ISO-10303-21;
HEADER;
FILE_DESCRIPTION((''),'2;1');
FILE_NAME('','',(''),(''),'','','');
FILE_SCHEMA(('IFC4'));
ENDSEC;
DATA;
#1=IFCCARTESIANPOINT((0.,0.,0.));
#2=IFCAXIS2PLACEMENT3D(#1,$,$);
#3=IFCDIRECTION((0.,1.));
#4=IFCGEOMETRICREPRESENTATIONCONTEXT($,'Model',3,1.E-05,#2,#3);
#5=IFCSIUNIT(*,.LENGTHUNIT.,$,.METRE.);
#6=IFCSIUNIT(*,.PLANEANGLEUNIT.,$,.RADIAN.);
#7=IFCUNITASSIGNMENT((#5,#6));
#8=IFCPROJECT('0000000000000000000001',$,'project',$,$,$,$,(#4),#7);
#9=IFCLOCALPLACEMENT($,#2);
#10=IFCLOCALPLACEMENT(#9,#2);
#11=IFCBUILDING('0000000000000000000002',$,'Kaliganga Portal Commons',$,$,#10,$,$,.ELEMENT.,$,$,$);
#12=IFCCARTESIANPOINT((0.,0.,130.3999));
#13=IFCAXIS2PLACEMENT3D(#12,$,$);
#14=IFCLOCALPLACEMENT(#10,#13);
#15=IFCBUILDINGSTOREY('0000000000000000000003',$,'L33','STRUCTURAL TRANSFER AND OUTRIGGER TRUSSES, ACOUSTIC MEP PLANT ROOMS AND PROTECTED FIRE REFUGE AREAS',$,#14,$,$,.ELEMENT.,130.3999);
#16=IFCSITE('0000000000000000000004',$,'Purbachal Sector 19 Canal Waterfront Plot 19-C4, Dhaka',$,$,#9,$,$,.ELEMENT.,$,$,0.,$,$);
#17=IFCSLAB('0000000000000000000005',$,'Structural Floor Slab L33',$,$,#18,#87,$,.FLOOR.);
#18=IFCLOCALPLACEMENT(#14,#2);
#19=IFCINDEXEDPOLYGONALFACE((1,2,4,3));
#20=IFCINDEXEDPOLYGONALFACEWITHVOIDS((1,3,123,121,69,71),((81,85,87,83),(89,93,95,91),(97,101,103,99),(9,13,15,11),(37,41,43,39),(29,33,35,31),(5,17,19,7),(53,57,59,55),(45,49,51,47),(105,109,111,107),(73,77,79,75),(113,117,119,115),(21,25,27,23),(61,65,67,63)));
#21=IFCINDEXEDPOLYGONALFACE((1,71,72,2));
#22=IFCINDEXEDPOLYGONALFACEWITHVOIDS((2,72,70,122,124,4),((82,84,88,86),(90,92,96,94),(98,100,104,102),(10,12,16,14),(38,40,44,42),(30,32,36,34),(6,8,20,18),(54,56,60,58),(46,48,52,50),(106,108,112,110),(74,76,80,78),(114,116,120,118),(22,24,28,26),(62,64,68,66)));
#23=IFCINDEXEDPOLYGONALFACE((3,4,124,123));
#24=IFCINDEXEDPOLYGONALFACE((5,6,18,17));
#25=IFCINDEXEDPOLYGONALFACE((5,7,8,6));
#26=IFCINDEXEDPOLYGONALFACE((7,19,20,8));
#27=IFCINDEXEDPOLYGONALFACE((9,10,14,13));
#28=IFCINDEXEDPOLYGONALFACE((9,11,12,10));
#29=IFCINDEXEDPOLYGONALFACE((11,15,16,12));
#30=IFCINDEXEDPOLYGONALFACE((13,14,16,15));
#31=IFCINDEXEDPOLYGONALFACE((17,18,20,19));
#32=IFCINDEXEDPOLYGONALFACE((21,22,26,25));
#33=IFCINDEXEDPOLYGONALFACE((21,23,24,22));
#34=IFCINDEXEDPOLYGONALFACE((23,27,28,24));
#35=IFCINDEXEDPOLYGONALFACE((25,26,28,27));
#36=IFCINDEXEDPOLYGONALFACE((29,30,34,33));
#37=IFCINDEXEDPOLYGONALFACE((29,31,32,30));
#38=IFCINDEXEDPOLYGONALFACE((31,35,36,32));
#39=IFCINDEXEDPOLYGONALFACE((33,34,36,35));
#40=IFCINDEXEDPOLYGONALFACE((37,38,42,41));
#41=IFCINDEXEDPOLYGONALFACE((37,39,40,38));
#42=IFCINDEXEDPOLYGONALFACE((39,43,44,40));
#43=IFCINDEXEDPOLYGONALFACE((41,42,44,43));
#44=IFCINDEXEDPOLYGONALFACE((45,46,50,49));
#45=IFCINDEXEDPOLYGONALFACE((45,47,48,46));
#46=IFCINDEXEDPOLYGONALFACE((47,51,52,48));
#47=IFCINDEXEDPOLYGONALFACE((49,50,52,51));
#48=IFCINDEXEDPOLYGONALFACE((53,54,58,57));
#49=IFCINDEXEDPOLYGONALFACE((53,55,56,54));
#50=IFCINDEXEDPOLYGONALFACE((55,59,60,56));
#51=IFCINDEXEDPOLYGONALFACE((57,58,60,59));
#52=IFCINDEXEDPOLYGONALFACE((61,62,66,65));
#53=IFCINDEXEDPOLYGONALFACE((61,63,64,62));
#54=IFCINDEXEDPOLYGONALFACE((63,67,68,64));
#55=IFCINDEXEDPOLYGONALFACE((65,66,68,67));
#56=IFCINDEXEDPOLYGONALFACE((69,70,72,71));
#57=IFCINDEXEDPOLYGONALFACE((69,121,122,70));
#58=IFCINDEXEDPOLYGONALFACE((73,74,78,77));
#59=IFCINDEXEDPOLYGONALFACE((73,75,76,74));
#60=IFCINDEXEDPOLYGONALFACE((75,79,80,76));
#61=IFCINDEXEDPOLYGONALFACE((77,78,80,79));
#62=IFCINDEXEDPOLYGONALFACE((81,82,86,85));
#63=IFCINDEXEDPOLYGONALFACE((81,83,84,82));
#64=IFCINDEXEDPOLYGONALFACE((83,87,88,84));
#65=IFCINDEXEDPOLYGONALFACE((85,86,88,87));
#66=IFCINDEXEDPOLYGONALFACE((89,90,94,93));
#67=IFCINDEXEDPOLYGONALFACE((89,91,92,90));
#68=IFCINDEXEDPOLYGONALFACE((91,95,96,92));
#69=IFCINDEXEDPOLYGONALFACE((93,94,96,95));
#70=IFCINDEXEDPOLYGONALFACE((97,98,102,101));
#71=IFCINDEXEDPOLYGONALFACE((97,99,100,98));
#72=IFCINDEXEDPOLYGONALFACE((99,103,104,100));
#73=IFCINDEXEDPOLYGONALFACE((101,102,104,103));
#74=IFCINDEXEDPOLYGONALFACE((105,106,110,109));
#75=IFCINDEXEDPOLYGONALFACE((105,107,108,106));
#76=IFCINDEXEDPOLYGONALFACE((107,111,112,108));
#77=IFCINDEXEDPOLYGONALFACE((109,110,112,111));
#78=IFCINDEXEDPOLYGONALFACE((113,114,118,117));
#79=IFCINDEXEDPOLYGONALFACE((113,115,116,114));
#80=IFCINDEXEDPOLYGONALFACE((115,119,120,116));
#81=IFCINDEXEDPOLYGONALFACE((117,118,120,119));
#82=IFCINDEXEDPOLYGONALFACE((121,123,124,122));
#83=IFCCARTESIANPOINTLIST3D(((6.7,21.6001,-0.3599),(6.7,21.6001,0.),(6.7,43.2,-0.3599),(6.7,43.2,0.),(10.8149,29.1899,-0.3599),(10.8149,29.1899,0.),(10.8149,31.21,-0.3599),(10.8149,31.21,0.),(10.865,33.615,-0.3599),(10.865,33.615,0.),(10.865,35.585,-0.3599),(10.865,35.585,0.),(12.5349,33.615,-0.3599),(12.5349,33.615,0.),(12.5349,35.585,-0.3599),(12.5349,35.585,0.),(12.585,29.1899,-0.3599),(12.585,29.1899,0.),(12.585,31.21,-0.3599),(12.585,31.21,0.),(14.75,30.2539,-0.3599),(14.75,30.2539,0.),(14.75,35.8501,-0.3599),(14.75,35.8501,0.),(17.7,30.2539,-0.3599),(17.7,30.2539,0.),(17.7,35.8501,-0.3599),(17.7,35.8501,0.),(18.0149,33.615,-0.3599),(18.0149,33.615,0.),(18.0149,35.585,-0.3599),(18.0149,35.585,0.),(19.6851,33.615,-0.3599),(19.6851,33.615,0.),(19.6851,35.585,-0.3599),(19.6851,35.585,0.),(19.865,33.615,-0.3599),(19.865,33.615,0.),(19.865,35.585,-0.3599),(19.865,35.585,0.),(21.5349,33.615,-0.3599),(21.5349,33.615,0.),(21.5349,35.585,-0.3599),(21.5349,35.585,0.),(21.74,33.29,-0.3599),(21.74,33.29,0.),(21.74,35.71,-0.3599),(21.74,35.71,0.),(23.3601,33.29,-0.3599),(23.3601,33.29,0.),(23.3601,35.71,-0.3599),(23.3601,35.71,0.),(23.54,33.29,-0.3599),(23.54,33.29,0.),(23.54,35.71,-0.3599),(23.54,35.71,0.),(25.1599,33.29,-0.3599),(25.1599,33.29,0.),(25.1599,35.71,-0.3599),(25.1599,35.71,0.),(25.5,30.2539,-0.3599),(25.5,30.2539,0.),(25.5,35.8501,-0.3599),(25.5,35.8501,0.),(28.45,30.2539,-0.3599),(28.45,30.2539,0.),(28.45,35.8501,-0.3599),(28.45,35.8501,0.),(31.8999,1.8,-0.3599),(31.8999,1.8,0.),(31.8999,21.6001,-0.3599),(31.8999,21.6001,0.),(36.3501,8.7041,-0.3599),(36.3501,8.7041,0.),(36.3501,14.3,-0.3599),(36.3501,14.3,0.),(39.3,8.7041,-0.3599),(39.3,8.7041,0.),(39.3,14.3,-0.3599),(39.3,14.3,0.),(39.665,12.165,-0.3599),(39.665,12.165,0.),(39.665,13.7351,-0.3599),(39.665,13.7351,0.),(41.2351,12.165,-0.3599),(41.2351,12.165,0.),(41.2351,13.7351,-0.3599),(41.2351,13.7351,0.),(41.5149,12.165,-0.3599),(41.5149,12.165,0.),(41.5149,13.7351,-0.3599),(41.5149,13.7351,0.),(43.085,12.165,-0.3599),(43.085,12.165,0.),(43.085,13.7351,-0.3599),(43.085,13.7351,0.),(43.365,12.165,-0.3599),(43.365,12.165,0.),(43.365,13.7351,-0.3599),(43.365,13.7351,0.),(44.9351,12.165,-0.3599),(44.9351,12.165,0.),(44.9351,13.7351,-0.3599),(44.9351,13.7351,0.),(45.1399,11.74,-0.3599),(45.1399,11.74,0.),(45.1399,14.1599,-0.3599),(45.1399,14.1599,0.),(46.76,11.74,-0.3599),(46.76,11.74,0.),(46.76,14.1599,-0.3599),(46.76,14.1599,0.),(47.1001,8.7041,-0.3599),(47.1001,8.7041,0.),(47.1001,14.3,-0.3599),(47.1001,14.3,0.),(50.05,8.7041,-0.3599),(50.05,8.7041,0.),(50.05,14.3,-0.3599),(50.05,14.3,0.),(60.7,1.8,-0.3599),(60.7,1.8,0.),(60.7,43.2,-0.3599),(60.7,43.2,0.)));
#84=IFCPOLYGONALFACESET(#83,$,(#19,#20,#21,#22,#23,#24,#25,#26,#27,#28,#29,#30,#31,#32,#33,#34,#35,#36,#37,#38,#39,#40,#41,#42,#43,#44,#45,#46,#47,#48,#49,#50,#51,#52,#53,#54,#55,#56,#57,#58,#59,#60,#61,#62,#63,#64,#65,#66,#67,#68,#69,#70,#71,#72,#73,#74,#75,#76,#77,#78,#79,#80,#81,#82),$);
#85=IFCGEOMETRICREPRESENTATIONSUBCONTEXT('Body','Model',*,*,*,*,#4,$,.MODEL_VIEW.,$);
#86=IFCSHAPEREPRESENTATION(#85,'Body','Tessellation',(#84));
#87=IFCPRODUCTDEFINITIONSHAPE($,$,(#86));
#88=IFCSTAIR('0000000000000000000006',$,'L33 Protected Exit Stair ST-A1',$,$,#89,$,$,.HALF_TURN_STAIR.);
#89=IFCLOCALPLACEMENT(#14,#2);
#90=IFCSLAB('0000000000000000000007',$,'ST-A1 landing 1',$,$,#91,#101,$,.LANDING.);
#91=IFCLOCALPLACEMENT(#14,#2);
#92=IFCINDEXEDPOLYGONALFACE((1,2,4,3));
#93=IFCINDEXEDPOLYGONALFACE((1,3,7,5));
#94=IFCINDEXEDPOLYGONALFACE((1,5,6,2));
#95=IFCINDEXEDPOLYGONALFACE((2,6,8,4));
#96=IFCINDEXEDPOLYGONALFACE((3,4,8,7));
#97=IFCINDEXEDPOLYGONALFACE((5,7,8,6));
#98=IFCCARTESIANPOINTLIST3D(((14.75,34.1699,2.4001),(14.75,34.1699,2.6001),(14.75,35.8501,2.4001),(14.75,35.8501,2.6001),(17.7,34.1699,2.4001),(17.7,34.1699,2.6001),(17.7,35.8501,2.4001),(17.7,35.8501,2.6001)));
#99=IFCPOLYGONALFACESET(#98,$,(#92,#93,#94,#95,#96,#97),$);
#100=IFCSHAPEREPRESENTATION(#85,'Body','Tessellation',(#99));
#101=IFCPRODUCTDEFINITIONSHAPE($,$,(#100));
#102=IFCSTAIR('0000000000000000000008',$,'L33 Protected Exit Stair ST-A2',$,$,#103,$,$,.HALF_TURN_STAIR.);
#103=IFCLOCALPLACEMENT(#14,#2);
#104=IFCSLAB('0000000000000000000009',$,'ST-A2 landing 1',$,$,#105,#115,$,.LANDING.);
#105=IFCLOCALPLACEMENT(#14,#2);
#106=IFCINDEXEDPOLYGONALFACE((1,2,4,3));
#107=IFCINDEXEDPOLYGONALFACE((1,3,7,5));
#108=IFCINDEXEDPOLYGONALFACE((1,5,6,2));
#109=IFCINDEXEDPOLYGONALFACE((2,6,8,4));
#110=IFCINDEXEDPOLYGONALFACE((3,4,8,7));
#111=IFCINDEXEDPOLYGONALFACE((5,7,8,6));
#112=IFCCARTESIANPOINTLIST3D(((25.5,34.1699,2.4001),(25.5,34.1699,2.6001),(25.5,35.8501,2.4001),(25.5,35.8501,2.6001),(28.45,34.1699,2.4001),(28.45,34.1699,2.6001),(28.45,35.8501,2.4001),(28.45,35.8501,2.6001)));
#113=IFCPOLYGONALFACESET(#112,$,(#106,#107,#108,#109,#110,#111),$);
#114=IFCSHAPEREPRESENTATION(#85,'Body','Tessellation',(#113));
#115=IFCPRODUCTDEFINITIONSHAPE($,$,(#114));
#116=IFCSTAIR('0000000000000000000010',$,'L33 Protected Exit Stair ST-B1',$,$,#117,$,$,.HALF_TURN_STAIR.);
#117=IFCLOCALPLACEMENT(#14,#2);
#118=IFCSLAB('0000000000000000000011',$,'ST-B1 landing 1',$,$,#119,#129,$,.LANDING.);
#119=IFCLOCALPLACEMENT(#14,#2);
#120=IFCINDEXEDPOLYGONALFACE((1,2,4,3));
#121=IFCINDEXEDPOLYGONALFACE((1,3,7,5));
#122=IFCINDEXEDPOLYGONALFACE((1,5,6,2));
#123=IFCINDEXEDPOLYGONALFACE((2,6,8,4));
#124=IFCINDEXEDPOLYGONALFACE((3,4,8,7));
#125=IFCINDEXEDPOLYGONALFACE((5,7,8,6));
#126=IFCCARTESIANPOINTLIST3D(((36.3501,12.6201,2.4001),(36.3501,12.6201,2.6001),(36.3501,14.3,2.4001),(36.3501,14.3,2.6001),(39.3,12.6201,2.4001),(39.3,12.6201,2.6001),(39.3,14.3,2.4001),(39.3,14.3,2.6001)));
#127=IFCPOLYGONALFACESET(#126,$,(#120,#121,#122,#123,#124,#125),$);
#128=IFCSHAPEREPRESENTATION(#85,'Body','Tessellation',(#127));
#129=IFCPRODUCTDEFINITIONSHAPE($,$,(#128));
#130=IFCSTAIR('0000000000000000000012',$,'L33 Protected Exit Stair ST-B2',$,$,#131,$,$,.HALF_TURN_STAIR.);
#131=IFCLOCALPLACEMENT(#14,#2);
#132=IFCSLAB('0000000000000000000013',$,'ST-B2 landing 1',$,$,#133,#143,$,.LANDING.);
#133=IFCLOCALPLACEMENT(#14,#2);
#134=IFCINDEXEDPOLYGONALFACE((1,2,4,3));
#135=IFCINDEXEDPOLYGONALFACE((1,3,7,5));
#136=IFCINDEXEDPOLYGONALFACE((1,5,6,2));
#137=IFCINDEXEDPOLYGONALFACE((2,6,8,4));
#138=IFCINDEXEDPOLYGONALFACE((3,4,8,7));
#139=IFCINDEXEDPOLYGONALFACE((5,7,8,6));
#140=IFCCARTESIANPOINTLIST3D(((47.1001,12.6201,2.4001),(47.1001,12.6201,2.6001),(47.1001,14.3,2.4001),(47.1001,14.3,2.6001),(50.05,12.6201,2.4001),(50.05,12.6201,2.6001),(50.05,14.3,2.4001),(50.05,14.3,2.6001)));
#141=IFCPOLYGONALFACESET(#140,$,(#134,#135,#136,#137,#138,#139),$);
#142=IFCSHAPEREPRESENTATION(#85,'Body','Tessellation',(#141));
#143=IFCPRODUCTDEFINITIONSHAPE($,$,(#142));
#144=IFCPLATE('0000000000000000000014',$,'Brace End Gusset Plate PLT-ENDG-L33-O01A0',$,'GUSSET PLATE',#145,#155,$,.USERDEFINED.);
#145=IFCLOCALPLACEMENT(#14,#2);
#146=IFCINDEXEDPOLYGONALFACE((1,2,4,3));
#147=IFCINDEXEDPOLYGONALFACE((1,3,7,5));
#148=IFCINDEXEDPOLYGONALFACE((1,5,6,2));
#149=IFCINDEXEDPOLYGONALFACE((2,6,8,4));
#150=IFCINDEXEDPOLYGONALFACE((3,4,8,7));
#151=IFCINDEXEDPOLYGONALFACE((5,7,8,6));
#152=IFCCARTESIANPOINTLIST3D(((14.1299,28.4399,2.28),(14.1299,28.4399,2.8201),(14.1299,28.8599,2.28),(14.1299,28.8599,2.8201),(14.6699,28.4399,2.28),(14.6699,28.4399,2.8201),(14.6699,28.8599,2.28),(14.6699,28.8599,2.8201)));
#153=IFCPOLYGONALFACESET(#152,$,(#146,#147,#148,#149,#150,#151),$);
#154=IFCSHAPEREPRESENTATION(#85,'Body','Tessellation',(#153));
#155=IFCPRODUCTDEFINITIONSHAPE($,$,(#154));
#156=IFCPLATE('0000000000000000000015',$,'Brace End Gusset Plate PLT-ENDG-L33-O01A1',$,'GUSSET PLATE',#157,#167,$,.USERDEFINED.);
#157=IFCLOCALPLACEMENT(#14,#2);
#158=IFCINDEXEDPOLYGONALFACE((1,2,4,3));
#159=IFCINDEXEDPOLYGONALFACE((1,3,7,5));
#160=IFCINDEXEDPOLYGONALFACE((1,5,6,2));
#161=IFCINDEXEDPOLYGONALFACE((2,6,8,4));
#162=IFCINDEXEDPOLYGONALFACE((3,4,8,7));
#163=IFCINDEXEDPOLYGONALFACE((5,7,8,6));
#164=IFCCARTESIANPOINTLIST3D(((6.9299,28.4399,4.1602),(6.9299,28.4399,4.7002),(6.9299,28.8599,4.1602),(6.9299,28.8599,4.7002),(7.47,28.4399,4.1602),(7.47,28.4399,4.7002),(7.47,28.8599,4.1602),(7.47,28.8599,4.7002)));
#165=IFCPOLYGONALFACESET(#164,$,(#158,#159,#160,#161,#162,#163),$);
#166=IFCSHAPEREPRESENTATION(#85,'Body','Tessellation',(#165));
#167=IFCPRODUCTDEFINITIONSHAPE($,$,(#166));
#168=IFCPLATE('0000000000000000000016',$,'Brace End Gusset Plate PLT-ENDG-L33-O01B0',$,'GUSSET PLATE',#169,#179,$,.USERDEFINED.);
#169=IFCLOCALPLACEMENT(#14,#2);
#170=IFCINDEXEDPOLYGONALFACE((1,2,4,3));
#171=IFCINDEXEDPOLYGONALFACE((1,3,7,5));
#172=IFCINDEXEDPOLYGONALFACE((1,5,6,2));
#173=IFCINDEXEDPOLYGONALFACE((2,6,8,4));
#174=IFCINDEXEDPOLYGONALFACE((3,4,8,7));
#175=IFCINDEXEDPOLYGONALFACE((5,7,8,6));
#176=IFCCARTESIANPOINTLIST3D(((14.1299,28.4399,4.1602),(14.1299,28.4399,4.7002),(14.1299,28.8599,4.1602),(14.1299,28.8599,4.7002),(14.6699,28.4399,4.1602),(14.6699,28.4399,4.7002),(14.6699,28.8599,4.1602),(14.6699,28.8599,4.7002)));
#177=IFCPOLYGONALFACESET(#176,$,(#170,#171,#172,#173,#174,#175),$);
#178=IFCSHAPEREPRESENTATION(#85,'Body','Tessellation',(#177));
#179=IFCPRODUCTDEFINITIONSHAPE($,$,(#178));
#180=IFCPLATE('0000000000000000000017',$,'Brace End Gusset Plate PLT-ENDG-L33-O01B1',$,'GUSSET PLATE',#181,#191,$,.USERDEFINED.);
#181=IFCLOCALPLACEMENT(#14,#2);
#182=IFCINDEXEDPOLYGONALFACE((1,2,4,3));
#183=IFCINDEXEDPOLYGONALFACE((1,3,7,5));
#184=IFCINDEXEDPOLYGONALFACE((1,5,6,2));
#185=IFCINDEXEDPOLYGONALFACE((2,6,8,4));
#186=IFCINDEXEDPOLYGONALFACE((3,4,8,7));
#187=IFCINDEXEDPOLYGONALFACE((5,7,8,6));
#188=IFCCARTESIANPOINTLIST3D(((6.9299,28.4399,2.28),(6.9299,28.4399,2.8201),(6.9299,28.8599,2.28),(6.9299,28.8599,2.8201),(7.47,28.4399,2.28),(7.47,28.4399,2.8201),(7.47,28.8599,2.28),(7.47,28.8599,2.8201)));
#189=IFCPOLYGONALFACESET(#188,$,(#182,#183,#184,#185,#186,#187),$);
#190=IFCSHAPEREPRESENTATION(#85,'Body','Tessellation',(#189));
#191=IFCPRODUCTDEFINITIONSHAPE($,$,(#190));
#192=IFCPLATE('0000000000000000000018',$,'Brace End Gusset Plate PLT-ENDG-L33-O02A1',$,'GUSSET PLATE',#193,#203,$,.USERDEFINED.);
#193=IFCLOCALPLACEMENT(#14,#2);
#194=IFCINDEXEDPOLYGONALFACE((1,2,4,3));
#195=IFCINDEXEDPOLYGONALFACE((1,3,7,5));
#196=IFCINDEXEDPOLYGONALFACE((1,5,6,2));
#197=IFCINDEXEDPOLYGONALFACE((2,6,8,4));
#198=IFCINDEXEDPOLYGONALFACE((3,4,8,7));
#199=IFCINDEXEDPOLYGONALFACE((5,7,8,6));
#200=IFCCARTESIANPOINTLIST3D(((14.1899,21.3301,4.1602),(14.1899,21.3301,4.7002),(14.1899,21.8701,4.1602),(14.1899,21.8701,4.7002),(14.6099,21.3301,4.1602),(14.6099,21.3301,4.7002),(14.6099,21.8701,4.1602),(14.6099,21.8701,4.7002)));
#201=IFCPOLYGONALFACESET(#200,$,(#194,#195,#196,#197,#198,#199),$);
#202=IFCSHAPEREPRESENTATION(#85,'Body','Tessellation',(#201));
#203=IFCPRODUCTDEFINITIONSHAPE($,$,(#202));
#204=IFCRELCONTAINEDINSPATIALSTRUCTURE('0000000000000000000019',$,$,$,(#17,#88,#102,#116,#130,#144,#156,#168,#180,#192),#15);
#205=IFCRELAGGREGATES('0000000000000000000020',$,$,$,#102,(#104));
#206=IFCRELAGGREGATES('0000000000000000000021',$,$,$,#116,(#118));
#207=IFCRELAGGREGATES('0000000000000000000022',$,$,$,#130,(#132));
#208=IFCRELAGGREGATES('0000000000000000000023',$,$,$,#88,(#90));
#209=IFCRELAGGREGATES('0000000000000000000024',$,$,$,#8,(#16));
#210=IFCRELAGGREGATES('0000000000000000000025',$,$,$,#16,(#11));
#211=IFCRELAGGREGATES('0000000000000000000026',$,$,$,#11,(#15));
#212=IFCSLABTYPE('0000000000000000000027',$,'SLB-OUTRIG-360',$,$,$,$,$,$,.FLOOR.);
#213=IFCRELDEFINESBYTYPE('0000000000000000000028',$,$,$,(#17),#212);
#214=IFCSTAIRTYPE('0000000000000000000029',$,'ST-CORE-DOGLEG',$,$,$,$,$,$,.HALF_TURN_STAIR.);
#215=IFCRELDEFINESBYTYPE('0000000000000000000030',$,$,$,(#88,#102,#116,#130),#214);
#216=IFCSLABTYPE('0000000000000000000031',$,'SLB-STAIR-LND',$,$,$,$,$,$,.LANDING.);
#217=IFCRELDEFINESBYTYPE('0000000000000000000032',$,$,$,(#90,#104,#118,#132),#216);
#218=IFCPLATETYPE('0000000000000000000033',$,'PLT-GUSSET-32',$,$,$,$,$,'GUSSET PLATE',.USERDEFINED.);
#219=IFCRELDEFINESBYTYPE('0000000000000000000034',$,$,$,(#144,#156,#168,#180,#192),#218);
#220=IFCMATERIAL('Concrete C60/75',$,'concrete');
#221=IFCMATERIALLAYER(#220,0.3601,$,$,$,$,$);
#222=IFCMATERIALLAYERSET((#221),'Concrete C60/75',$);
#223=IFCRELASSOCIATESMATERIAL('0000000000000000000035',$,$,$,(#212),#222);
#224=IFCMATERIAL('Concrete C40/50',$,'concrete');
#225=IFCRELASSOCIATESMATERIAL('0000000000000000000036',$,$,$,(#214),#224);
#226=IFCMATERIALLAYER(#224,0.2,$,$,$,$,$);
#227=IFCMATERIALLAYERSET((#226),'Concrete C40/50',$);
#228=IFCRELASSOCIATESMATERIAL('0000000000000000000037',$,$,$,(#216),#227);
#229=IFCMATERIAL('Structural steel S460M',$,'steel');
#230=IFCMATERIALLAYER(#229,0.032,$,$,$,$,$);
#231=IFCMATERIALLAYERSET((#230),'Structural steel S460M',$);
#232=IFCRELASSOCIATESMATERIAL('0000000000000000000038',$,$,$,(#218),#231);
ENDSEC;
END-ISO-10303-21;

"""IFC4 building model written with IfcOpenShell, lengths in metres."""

from ifc_helpers import new_model, si_unit, direction, frame, origin, origin_2d, place, context, subcontext, project, spatial, polyline, rectangle, outline, extrude, source, transform, mapped, material, layer, layer_set, type_object, element, aggregate, save


model = new_model("IFC4")

# Units and contexts
model_context = context("Model", 3, precision=1e-05, world=origin(), true_north=direction((0.0, 1.0)))
body_context = subcontext(model_context, "Body", "Model", "MODEL_VIEW")
ifc_project = project(units=[si_unit("LENGTHUNIT", "METRE"), si_unit("PLANEANGLEUNIT", "RADIAN")], contexts=[model_context])

# Site, building, storey
site_placement = place(None, origin())
site = spatial("IfcSite", under=ifc_project, at=site_placement, Name="Purbachal Sector 19 Canal Waterfront Plot 19-C4, Dhaka", CompositionType="ELEMENT", RefElevation=0.0)
building_placement = place(site_placement, origin())
building = spatial("IfcBuilding", under=site, at=building_placement, Name="Kaliganga Portal Commons", CompositionType="ELEMENT")
storey_placement = place(building_placement, frame((0.0, 0.0, 130.3999)))
storey = spatial("IfcBuildingStorey", under=building, at=storey_placement, Name="L33", Description="STRUCTURAL TRANSFER AND OUTRIGGER TRUSSES, ACOUSTIC MEP PLANT ROOMS AND PROTECTED FIRE REFUGE AREAS", CompositionType="ELEMENT", Elevation=130.3999)

# Shared definitions
ifc_material_1 = material(Name="Concrete C60/75", Category="concrete")

# Shared definitions
ifc_material_2 = material(Name="Structural steel S460M", Category="steel")

# Slab
ifc_layer_1 = layer(ifc_material_1, 0.3601)
ifc_layer_set_1 = layer_set([ifc_layer_1], Name="Concrete C60/75")
slab_type_1 = type_object("IfcSlabType", Name="SLB-OUTRIG-360", PredefinedType="FLOOR", material=ifc_layer_set_1)
slab_1_placement = place(storey_placement, frame((0.0, 0.0, -0.3599)))
element("IfcSlab", 1, at=slab_1_placement, inside=storey, type_object=slab_type_1, Name="Structural Floor Slab L33", PredefinedType="FLOOR", context=body_context, shape_type="SweptSolid", body=[
    extrude(outline(polyline([(31.8999, 1.8), (60.7, 1.8), (60.7, 43.2), (6.7, 43.2), (6.7, 21.6001), (31.8999, 21.6001), (31.8999, 1.8)]), holes=[polyline([(14.75, 30.2539), (14.75, 35.8501), (17.7, 35.8501), (17.7, 30.2539), (14.75, 30.2539)]), polyline([(25.5, 30.2539), (25.5, 35.8501), (28.45, 35.8501), (28.45, 30.2539), (25.5, 30.2539)]), polyline([(36.3501, 8.7041), (36.3501, 14.3), (39.3, 14.3), (39.3, 8.7041), (36.3501, 8.7041)]), polyline([(47.1001, 8.7041), (47.1001, 14.3), (50.05, 14.3), (50.05, 8.7041), (47.1001, 8.7041)]), polyline([(18.0149, 33.615), (18.0149, 35.585), (19.6851, 35.585), (19.6851, 33.615), (18.0149, 33.615)]), polyline([(19.865, 33.615), (19.865, 35.585), (21.5349, 35.585), (21.5349, 33.615), (19.865, 33.615)]), polyline([(10.8149, 29.1899), (10.8149, 31.21), (12.585, 31.21), (12.585, 29.1899), (10.8149, 29.1899)]), polyline([(10.865, 33.615), (10.865, 35.585), (12.5349, 35.585), (12.5349, 33.615), (10.865, 33.615)]), polyline([(21.74, 33.29), (21.74, 35.71), (23.3601, 35.71), (23.3601, 33.29), (21.74, 33.29)]), polyline([(23.54, 33.29), (23.54, 35.71), (25.1599, 35.71), (25.1599, 33.29), (23.54, 33.29)]), polyline([(39.665, 12.165), (39.665, 13.7351), (41.2351, 13.7351), (41.2351, 12.165), (39.665, 12.165)]), polyline([(41.5149, 12.165), (41.5149, 13.7351), (43.085, 13.7351), (43.085, 12.165), (41.5149, 12.165)]), polyline([(43.365, 12.165), (43.365, 13.7351), (44.9351, 13.7351), (44.9351, 12.165), (43.365, 12.165)]), polyline([(45.1399, 11.74), (45.1399, 14.1599), (46.76, 14.1599), (46.76, 11.74), (45.1399, 11.74)])]), origin(), (0.0, 0.0, 1.0), 0.3599),
])

# Stairs, slabs
ifc_material_3 = material(Name="Concrete C40/50", Category="concrete")
stair_type = type_object("IfcStairType", Name="ST-CORE-DOGLEG", PredefinedType="HALF_TURN_STAIR", material=ifc_material_3)
stair_1_placement = place(storey_placement, origin())
stair_1 = element("IfcStair", 2, at=stair_1_placement, inside=storey, type_object=stair_type, Name="L33 Protected Exit Stair ST-A1", PredefinedType="HALF_TURN_STAIR")
ifc_layer_2 = layer(ifc_material_3, 0.2)
ifc_layer_set_2 = layer_set([ifc_layer_2], Name="Concrete C40/50")
slab_type_2 = type_object("IfcSlabType", Name="SLB-STAIR-LND", PredefinedType="LANDING", material=ifc_layer_set_2)
slab_2_placement = place(storey_placement, frame((0.0, 0.0, 2.4001)))
slab_2 = element("IfcSlab", 3, at=slab_2_placement, type_object=slab_type_2, Name="ST-A1 landing 1", PredefinedType="LANDING", context=body_context, shape_type="SweptSolid", body=[
    extrude(outline(polyline([(17.7, 34.1699), (17.7, 35.8501), (14.75, 35.8501), (14.75, 34.1699), (17.7, 34.1699)])), origin(), (0.0, 0.0, 1.0), 0.2),
])
stair_2_placement = place(storey_placement, origin())
stair_2 = element("IfcStair", 4, at=stair_2_placement, inside=storey, type_object=stair_type, Name="L33 Protected Exit Stair ST-A2", PredefinedType="HALF_TURN_STAIR")
slab_3_placement = place(storey_placement, frame((0.0, 0.0, 2.4001)))
slab_3 = element("IfcSlab", 5, at=slab_3_placement, type_object=slab_type_2, Name="ST-A2 landing 1", PredefinedType="LANDING", context=body_context, shape_type="SweptSolid", body=[
    extrude(outline(polyline([(28.45, 34.1699), (28.45, 35.8501), (25.5, 35.8501), (25.5, 34.1699), (28.45, 34.1699)])), origin(), (0.0, 0.0, 1.0), 0.2),
])
aggregate(stair_2, [slab_3])
stair_3_placement = place(storey_placement, origin())
stair_3 = element("IfcStair", 6, at=stair_3_placement, inside=storey, type_object=stair_type, Name="L33 Protected Exit Stair ST-B1", PredefinedType="HALF_TURN_STAIR")
slab_4_placement = place(storey_placement, frame((0.0, 0.0, 2.4001)))
slab_4 = element("IfcSlab", 7, at=slab_4_placement, type_object=slab_type_2, Name="ST-B1 landing 1", PredefinedType="LANDING", context=body_context, shape_type="SweptSolid", body=[
    extrude(outline(polyline([(39.3, 12.6201), (39.3, 14.3), (36.3501, 14.3), (36.3501, 12.6201), (39.3, 12.6201)])), origin(), (0.0, 0.0, 1.0), 0.2),
])
aggregate(stair_3, [slab_4])
stair_4_placement = place(storey_placement, origin())
stair_4 = element("IfcStair", 8, at=stair_4_placement, inside=storey, type_object=stair_type, Name="L33 Protected Exit Stair ST-B2", PredefinedType="HALF_TURN_STAIR")
slab_5_placement = place(storey_placement, frame((0.0, 0.0, 2.4001)))
slab_5 = element("IfcSlab", 9, at=slab_5_placement, type_object=slab_type_2, Name="ST-B2 landing 1", PredefinedType="LANDING", context=body_context, shape_type="SweptSolid", body=[
    extrude(outline(polyline([(50.05, 12.6201), (50.05, 14.3), (47.1001, 14.3), (47.1001, 12.6201), (50.05, 12.6201)])), origin(), (0.0, 0.0, 1.0), 0.2),
])
aggregate(stair_4, [slab_5])

# Plates
ifc_layer_3 = layer(ifc_material_2, 0.032)
ifc_layer_set_3 = layer_set([ifc_layer_3], Name="Structural steel S460M")
plate_type = type_object("IfcPlateType", Name="PLT-GUSSET-32", ElementType="GUSSET PLATE", PredefinedType="USERDEFINED", material=ifc_layer_set_3)
shared_shape_1 = source(origin(), body_context, "Body", "SweptSolid", [
    extrude(rectangle(XDim=0.54, YDim=0.4199, at=origin_2d()), origin(), (0.0, 0.0, 1.0), 0.54),
])
for number, where, z_axis, x_axis, name in (
    (10, (14.3999, 28.6499, 2.28), (0.0, 0.0, 1.0), (-1.0, 0.0, 0.0), "Brace End Gusset Plate PLT-ENDG-L33-O01A0"),
    (11, (7.2, 28.6499, 4.1602), (0.0, 0.0, 1.0), (-1.0, 0.0, 0.0), "Brace End Gusset Plate PLT-ENDG-L33-O01A1"),
    (12, (14.3999, 28.6499, 4.1602), (0.0, 0.0, 1.0), (-1.0, 0.0, 0.0), "Brace End Gusset Plate PLT-ENDG-L33-O01B0"),
    (13, (7.2, 28.6499, 2.28), (0.0, 0.0, 1.0), (-1.0, 0.0, 0.0), "Brace End Gusset Plate PLT-ENDG-L33-O01B1"),
    (14, (14.3999, 21.6001, 4.1602), (0.0, 0.0, 1.0), (0.0, -1.0, 0.0), "Brace End Gusset Plate PLT-ENDG-L33-O02A1"),
):
    element("IfcPlate", number, at=place(storey_placement, frame(where, z_axis=z_axis, x_axis=x_axis)), inside=storey, type_object=plate_type, Name=name, ObjectType="GUSSET PLATE", PredefinedType="USERDEFINED", context=body_context, shape_type="MappedRepresentation", body=[
        mapped(shared_shape_1, transform((0.0, 0.0, 0.0), x_axis=(1.0, 0.0, 0.0), y_axis=(0.0, 1.0, 0.0), z_axis=(0.0, 0.0, 1.0), scale=1.0)),
    ])

aggregate(stair_1, [slab_2])

save(model, "model.ifc")
